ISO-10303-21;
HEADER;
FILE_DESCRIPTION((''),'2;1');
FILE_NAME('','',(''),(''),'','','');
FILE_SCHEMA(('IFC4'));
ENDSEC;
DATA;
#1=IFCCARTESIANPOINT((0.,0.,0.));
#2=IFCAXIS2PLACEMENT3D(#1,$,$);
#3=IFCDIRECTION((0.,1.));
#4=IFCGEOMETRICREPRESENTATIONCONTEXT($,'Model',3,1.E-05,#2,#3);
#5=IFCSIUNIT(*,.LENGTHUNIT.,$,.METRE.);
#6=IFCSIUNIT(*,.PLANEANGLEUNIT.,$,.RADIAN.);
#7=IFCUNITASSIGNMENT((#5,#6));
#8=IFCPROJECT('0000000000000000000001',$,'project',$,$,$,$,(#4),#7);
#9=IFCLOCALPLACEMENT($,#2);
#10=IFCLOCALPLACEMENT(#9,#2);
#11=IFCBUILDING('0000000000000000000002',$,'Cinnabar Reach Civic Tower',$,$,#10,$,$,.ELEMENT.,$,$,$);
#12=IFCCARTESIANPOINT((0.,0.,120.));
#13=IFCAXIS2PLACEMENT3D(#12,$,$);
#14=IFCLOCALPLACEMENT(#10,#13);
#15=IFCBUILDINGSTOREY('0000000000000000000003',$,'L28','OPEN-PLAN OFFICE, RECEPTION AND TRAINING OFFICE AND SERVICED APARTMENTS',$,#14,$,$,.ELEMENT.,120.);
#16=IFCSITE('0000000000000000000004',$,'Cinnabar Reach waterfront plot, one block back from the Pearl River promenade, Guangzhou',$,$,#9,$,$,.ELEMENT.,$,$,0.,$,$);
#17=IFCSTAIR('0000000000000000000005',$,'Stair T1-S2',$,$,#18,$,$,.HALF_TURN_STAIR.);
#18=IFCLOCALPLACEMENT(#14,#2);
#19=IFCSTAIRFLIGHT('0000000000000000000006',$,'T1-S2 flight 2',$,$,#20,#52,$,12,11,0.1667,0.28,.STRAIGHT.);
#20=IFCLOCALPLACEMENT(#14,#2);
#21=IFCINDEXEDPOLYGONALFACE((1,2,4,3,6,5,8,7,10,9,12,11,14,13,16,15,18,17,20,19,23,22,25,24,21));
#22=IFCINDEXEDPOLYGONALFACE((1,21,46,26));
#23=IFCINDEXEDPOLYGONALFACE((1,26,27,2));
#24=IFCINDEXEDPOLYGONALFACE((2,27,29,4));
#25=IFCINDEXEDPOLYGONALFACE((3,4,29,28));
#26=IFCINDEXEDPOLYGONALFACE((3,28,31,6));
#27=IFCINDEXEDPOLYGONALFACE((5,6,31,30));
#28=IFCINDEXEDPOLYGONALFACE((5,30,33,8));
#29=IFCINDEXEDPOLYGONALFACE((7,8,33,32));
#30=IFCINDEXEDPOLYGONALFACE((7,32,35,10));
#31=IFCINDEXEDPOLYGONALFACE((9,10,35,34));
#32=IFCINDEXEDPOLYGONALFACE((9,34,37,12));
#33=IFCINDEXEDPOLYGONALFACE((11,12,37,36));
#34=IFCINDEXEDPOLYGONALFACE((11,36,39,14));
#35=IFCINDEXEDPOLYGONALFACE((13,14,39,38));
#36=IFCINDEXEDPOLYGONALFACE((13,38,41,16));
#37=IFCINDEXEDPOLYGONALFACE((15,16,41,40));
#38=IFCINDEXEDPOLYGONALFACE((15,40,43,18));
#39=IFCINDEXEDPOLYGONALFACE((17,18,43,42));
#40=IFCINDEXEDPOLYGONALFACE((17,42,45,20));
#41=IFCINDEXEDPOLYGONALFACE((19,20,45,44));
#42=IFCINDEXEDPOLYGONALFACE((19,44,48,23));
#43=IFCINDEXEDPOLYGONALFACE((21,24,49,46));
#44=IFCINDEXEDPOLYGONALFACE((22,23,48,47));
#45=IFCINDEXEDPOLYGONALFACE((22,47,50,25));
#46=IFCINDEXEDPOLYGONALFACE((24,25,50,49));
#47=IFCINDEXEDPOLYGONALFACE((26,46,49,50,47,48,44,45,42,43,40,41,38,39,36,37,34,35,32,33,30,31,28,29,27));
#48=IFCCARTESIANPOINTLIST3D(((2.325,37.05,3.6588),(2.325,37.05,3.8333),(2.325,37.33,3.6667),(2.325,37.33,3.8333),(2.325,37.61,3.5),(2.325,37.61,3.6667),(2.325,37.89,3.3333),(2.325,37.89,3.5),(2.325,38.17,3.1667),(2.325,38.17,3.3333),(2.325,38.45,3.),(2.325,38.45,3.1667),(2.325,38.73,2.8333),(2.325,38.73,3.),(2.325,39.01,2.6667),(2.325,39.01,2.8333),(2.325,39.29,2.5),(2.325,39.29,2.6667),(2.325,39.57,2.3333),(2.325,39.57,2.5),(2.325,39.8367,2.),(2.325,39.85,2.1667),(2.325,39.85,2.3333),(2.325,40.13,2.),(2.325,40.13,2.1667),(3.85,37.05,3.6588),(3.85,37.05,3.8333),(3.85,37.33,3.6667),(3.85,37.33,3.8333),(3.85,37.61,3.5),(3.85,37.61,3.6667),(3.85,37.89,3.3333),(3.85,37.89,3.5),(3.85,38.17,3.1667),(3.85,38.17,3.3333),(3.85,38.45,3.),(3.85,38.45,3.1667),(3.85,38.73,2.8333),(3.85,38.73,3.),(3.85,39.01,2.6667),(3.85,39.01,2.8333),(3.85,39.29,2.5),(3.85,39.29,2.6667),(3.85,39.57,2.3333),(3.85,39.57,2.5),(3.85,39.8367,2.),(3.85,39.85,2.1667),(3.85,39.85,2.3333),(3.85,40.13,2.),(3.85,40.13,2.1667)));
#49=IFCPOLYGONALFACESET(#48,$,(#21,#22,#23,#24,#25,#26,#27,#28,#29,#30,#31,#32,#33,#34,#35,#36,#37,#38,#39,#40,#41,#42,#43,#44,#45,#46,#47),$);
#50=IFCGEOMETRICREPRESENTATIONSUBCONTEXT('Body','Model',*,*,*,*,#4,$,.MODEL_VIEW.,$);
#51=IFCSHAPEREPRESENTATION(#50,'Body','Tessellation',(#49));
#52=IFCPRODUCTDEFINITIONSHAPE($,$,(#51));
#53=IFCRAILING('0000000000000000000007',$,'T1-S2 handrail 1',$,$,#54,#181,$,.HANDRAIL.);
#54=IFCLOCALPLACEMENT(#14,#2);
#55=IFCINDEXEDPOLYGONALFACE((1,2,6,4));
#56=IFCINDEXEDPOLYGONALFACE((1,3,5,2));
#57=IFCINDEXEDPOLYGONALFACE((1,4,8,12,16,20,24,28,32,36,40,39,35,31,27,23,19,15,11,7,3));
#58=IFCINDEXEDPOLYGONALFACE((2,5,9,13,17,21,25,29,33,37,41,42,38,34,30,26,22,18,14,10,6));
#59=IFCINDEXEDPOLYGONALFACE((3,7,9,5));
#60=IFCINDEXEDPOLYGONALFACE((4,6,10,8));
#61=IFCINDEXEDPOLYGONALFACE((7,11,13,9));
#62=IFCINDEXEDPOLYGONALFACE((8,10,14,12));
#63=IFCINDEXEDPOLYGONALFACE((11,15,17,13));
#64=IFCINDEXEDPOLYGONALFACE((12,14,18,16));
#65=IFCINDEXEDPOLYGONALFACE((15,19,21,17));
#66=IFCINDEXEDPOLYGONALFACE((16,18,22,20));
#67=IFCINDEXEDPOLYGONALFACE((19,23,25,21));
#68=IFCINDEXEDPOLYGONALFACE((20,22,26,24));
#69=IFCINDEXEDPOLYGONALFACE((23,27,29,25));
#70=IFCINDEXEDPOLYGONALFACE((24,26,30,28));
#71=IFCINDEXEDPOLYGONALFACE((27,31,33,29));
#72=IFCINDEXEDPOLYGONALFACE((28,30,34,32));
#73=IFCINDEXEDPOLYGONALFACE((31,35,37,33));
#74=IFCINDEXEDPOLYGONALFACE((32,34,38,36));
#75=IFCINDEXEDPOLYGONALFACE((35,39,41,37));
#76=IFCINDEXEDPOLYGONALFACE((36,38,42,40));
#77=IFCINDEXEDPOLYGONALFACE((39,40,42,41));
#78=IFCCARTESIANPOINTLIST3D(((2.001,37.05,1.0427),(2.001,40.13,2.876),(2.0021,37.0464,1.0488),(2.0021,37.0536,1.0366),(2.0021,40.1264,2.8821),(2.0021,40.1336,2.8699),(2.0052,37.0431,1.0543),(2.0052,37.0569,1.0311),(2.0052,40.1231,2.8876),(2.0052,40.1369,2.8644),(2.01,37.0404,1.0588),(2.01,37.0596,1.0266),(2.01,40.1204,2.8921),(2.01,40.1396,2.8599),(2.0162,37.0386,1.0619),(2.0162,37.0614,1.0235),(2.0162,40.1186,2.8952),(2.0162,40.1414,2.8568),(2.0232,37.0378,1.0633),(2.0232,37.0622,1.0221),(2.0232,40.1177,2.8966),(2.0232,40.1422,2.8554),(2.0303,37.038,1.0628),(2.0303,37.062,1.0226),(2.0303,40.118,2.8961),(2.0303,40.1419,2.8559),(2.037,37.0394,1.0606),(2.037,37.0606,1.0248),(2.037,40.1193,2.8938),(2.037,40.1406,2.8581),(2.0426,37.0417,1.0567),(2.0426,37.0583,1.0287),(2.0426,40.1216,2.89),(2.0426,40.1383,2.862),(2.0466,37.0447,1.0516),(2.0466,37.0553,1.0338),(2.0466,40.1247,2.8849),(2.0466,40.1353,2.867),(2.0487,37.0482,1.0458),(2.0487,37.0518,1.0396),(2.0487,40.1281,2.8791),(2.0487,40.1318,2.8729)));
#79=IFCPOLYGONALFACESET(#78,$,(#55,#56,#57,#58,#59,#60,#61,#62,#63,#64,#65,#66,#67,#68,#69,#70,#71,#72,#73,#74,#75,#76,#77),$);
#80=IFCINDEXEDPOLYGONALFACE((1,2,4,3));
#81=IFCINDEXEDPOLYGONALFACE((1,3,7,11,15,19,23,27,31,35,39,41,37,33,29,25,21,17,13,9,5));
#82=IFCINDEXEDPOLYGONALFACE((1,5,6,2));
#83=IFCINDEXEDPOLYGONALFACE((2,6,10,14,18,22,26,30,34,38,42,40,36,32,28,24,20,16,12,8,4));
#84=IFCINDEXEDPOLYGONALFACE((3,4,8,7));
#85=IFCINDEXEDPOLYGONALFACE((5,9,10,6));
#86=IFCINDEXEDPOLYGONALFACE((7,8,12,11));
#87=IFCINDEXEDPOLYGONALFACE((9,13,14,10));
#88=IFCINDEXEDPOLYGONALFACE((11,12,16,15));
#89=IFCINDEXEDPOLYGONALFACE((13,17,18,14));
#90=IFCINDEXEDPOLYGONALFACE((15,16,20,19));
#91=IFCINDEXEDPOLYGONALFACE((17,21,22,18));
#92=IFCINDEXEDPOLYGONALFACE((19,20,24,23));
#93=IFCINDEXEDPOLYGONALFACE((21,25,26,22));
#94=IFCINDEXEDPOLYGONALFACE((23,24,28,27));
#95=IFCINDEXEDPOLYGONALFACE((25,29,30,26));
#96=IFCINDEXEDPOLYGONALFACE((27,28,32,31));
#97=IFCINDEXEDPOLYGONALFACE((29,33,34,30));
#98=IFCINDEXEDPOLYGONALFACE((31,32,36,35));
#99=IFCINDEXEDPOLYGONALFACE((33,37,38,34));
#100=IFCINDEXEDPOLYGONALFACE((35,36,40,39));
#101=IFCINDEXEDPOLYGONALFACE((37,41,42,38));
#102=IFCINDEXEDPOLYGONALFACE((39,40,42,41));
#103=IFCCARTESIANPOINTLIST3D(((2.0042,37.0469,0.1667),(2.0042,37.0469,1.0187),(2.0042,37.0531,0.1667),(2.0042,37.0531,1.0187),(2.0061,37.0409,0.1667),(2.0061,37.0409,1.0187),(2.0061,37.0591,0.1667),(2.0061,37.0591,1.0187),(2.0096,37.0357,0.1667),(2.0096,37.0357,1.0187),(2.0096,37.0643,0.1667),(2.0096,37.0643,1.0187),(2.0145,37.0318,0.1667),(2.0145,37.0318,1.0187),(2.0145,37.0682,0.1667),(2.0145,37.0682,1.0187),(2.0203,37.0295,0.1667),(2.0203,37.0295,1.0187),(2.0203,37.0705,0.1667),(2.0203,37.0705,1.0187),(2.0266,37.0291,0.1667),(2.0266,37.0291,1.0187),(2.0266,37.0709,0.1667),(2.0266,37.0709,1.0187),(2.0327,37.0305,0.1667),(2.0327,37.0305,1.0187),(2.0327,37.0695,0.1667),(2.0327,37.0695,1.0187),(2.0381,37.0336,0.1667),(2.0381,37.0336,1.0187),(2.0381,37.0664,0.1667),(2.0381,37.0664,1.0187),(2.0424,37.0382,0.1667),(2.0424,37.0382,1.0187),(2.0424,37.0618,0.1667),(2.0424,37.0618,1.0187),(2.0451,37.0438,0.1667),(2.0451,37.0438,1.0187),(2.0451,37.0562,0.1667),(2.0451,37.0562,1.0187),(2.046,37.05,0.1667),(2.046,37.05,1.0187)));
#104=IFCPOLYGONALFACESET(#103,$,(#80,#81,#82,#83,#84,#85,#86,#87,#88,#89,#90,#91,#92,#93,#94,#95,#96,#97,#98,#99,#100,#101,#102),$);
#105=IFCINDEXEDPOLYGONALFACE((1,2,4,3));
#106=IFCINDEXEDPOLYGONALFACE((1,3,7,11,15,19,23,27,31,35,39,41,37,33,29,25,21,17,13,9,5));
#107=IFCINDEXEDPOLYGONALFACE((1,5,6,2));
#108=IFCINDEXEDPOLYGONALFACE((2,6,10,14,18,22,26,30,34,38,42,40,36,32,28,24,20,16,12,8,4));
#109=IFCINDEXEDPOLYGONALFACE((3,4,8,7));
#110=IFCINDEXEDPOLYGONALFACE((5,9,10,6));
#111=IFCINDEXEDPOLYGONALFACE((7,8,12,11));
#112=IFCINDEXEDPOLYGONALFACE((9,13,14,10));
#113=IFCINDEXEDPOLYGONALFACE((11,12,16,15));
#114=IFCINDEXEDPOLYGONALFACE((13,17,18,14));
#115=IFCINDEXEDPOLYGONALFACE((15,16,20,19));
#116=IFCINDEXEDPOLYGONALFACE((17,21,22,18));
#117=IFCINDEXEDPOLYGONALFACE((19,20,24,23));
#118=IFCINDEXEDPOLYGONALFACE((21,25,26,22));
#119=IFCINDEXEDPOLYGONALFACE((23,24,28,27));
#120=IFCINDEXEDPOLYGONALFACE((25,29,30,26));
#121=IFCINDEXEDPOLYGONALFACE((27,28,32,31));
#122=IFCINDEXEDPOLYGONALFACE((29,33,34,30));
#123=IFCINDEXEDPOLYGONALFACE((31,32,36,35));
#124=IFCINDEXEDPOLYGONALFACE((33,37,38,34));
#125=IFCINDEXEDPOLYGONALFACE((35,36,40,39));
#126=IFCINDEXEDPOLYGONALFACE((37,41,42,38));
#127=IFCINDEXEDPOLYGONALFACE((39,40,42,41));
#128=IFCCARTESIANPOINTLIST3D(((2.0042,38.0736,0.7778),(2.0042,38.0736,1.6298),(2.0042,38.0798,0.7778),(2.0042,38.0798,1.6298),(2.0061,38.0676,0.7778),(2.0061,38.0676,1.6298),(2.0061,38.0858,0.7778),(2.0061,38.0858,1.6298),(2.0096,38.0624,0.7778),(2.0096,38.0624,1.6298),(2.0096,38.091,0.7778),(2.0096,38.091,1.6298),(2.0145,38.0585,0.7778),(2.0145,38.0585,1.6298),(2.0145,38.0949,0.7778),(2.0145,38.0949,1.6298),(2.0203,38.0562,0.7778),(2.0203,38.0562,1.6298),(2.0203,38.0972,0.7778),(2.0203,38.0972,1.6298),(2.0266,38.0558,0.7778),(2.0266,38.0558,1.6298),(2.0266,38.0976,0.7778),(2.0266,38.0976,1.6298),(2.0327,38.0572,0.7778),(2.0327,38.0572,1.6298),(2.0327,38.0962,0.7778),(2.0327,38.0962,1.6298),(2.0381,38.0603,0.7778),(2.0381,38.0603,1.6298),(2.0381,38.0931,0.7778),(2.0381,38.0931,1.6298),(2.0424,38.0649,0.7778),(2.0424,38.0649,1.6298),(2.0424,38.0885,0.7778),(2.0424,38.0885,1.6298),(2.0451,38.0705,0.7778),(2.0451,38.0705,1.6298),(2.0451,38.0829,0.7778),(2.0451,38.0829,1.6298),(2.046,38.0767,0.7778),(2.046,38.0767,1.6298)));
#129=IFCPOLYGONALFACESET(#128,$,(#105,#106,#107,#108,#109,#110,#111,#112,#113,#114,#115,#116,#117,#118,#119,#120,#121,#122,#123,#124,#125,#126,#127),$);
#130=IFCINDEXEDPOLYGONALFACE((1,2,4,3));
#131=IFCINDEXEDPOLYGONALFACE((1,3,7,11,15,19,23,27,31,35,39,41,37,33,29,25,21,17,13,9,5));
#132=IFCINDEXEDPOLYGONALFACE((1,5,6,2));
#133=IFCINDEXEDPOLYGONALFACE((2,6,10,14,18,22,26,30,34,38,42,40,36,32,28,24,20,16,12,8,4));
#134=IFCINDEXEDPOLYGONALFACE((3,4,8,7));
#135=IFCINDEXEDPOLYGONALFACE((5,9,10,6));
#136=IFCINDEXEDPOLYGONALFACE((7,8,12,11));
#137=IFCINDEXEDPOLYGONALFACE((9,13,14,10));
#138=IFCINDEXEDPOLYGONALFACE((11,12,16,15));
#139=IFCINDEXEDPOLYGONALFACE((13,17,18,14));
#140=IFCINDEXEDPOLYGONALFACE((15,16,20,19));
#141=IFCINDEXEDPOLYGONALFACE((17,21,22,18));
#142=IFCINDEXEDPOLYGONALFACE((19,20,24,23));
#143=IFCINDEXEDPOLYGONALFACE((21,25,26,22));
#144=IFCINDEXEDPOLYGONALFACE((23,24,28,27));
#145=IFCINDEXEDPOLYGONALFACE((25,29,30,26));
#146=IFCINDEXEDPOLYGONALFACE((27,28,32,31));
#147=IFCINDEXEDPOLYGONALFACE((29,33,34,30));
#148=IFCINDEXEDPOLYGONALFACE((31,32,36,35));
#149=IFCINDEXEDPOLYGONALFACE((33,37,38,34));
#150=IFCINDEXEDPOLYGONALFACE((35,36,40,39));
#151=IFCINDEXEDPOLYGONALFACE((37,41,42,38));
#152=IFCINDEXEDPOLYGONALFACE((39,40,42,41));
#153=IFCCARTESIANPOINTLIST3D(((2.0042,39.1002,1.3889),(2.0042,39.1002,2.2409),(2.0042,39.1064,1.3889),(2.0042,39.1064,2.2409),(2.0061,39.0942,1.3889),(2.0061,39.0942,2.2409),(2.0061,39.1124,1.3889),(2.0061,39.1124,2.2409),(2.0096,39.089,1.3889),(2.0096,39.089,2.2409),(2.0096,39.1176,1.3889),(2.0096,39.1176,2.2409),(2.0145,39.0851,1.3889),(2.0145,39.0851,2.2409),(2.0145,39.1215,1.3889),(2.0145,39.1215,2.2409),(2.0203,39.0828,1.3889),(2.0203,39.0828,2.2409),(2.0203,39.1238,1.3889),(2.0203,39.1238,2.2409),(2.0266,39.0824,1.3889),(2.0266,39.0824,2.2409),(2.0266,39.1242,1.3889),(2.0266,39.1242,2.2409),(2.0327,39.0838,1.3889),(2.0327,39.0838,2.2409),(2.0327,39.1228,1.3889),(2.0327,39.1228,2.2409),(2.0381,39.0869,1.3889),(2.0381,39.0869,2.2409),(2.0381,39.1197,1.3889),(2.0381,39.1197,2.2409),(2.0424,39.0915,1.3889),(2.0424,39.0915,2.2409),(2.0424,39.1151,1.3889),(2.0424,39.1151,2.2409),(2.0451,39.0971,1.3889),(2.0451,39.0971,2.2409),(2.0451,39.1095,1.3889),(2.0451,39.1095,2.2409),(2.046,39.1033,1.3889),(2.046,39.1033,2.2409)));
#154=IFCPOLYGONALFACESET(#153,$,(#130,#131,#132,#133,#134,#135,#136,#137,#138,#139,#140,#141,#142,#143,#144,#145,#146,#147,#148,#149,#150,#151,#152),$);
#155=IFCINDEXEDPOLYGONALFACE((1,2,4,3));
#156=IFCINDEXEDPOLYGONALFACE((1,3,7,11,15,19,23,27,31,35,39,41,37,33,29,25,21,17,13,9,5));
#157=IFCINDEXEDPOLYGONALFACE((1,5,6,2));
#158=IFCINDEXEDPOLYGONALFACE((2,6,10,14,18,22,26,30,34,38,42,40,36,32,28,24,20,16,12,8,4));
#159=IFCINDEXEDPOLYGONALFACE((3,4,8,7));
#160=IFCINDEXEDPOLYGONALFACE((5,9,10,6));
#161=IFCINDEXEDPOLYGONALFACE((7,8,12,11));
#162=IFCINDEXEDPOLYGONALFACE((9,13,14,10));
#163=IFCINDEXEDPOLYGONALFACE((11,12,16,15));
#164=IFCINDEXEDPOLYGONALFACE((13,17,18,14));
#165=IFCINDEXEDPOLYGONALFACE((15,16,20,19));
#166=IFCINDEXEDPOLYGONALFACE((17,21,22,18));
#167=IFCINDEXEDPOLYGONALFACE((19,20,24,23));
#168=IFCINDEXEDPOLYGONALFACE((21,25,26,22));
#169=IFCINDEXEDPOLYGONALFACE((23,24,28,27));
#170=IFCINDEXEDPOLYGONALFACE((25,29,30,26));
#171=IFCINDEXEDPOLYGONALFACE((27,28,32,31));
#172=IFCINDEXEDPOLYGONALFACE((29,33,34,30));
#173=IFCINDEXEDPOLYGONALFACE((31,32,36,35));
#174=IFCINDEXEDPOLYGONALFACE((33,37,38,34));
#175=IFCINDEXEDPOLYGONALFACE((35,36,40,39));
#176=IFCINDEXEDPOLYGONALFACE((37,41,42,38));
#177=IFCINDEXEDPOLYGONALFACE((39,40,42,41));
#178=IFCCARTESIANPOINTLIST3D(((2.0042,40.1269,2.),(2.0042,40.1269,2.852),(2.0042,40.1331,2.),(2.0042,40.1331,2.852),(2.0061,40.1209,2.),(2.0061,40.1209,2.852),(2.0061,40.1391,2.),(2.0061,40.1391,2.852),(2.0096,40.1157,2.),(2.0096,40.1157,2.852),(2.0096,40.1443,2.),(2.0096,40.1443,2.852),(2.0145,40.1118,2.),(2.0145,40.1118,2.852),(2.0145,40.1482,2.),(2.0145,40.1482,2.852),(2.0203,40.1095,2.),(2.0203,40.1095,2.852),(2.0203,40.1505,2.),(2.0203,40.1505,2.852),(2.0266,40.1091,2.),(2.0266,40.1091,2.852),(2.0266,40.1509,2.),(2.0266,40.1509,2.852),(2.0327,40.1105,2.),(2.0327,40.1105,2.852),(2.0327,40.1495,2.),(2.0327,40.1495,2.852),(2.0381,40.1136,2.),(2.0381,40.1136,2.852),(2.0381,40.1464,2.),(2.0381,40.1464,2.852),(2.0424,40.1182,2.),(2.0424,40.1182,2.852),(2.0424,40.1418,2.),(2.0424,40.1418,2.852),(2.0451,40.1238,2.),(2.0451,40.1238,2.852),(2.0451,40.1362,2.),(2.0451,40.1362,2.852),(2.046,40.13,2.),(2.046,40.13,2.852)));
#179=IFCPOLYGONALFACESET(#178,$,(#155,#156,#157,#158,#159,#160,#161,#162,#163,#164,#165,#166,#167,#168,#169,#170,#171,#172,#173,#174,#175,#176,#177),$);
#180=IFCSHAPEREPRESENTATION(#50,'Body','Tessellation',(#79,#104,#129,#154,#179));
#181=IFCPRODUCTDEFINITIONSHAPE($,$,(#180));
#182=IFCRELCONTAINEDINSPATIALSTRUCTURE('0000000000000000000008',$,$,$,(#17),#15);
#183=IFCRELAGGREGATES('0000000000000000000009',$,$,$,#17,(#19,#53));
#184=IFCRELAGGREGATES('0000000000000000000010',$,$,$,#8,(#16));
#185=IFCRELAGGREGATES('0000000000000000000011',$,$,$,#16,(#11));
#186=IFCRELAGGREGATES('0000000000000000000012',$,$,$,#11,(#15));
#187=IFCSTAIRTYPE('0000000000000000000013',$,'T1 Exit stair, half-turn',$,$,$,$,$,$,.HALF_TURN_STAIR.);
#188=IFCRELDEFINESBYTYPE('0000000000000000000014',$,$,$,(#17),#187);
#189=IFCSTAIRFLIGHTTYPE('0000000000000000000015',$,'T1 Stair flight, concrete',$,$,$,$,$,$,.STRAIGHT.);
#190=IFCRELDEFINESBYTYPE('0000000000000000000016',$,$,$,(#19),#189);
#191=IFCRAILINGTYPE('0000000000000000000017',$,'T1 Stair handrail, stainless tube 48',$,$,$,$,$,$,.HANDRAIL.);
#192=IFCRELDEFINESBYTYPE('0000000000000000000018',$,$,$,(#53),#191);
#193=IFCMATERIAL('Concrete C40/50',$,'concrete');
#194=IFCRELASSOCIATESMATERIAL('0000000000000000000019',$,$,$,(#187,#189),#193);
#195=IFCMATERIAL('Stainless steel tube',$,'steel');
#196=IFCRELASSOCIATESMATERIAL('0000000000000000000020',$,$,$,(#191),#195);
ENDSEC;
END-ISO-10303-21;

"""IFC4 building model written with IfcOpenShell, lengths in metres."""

from ifc_helpers import new_model, si_unit, direction, frame, origin, origin_2d, place, context, subcontext, project, spatial, polyline, circle, outline, extrude, material, type_object, element, aggregate, save


model = new_model("IFC4")

# Units and contexts
model_context = context("Model", 3, precision=1e-05, world=origin(), true_north=direction((0.0, 1.0)))
body_context = subcontext(model_context, "Body", "Model", "MODEL_VIEW")
ifc_project = project(units=[si_unit("LENGTHUNIT", "METRE"), si_unit("PLANEANGLEUNIT", "RADIAN")], contexts=[model_context])

# Site, building, storey
site_placement = place(None, origin())
site = spatial("IfcSite", under=ifc_project, at=site_placement, Name="Cinnabar Reach waterfront plot, one block back from the Pearl River promenade, Guangzhou", CompositionType="ELEMENT", RefElevation=0.0)
building_placement = place(site_placement, origin())
building = spatial("IfcBuilding", under=site, at=building_placement, Name="Cinnabar Reach Civic Tower", CompositionType="ELEMENT")
storey_placement = place(building_placement, frame((0.0, 0.0, 120.0)))
storey = spatial("IfcBuildingStorey", under=building, at=storey_placement, Name="L28", Description="OPEN-PLAN OFFICE, RECEPTION AND TRAINING OFFICE AND SERVICED APARTMENTS", CompositionType="ELEMENT", Elevation=120.0)

# Stair, stair flight, railing
ifc_material_1 = material(Name="Concrete C40/50", Category="concrete")
stair_type = type_object("IfcStairType", Name="T1 Exit stair, half-turn", PredefinedType="HALF_TURN_STAIR", material=ifc_material_1)
stair_placement = place(storey_placement, origin())
stair = element("IfcStair", 1, at=stair_placement, inside=storey, type_object=stair_type, Name="Stair T1-S2", PredefinedType="HALF_TURN_STAIR")
stair_flight_type = type_object("IfcStairFlightType", Name="T1 Stair flight, concrete", PredefinedType="STRAIGHT", material=ifc_material_1)
stair_flight_1_placement = place(storey_placement, frame((3.0875, 40.13, 2.0), z_axis=(0.0, 0.0, 1.0), x_axis=(0.0, -1.0, 0.0)))
stair_flight_1 = element("IfcStairFlight", 2, at=stair_flight_1_placement, type_object=stair_flight_type, Name="T1-S2 flight 2", NumberOfRisers=12, NumberOfTreads=11, PredefinedType="STRAIGHT", RiserHeight=0.1667, TreadLength=0.28, context=body_context, shape_type="SweptSolid", body=[
    extrude(outline(polyline([(0.0, 0.0), (0.0, 0.1667), (0.28, 0.1667), (0.28, 0.3333), (0.56, 0.3333), (0.56, 0.5), (0.84, 0.5), (0.84, 0.6667), (1.12, 0.6667), (1.12, 0.8333), (1.4, 0.8333), (1.4, 1.0), (1.68, 1.0), (1.68, 1.1667), (1.96, 1.1667), (1.96, 1.3333), (2.24, 1.3333), (2.24, 1.5), (2.52, 1.5), (2.52, 1.6667), (2.8, 1.6667), (2.8, 1.8333), (3.08, 1.8333), (3.08, 2.0), (3.08, 1.6588), (0.2933, 0.0), (0.0, 0.0)])), frame((0.0, 0.7625, 0.0), z_axis=(0.0, -1.0, 0.0), x_axis=(1.0, 0.0, 0.0)), (0.0, 0.0, 1.0), 1.525),
])
ifc_material_2 = material(Name="Stainless steel tube", Category="steel")
railing_type = type_object("IfcRailingType", Name="T1 Stair handrail, stainless tube 48", PredefinedType="HANDRAIL", material=ifc_material_2)
railing_1_placement = place(storey_placement, frame((2.025, 37.05, 0.1667)))
railing_1 = element("IfcRailing", 3, at=railing_1_placement, type_object=railing_type, Name="T1-S2 handrail 1", PredefinedType="HANDRAIL", context=body_context, shape_type="SweptSolid", body=[
    extrude(circle(Radius=0.024, at=origin_2d()), frame((0.0, 0.0, 0.876), z_axis=(0.0, 0.859297, 0.511477), x_axis=(-1.0, 0.0, 0.0)), (0.0, 0.0, 1.0), 3.5843),
    extrude(circle(Radius=0.021, at=origin_2d()), origin(), (0.0, 0.0, 1.0), 0.852),
    extrude(circle(Radius=0.021, at=origin_2d()), frame((0.0, 1.0267, 0.6111)), (0.0, 0.0, 1.0), 0.852),
    extrude(circle(Radius=0.021, at=origin_2d()), frame((0.0, 2.0533, 1.2222)), (0.0, 0.0, 1.0), 0.852),
    extrude(circle(Radius=0.021, at=origin_2d()), frame((0.0, 3.08, 1.8333)), (0.0, 0.0, 1.0), 0.852),
])
aggregate(stair, [stair_flight_1, railing_1])

save(model, "model.ifc")
